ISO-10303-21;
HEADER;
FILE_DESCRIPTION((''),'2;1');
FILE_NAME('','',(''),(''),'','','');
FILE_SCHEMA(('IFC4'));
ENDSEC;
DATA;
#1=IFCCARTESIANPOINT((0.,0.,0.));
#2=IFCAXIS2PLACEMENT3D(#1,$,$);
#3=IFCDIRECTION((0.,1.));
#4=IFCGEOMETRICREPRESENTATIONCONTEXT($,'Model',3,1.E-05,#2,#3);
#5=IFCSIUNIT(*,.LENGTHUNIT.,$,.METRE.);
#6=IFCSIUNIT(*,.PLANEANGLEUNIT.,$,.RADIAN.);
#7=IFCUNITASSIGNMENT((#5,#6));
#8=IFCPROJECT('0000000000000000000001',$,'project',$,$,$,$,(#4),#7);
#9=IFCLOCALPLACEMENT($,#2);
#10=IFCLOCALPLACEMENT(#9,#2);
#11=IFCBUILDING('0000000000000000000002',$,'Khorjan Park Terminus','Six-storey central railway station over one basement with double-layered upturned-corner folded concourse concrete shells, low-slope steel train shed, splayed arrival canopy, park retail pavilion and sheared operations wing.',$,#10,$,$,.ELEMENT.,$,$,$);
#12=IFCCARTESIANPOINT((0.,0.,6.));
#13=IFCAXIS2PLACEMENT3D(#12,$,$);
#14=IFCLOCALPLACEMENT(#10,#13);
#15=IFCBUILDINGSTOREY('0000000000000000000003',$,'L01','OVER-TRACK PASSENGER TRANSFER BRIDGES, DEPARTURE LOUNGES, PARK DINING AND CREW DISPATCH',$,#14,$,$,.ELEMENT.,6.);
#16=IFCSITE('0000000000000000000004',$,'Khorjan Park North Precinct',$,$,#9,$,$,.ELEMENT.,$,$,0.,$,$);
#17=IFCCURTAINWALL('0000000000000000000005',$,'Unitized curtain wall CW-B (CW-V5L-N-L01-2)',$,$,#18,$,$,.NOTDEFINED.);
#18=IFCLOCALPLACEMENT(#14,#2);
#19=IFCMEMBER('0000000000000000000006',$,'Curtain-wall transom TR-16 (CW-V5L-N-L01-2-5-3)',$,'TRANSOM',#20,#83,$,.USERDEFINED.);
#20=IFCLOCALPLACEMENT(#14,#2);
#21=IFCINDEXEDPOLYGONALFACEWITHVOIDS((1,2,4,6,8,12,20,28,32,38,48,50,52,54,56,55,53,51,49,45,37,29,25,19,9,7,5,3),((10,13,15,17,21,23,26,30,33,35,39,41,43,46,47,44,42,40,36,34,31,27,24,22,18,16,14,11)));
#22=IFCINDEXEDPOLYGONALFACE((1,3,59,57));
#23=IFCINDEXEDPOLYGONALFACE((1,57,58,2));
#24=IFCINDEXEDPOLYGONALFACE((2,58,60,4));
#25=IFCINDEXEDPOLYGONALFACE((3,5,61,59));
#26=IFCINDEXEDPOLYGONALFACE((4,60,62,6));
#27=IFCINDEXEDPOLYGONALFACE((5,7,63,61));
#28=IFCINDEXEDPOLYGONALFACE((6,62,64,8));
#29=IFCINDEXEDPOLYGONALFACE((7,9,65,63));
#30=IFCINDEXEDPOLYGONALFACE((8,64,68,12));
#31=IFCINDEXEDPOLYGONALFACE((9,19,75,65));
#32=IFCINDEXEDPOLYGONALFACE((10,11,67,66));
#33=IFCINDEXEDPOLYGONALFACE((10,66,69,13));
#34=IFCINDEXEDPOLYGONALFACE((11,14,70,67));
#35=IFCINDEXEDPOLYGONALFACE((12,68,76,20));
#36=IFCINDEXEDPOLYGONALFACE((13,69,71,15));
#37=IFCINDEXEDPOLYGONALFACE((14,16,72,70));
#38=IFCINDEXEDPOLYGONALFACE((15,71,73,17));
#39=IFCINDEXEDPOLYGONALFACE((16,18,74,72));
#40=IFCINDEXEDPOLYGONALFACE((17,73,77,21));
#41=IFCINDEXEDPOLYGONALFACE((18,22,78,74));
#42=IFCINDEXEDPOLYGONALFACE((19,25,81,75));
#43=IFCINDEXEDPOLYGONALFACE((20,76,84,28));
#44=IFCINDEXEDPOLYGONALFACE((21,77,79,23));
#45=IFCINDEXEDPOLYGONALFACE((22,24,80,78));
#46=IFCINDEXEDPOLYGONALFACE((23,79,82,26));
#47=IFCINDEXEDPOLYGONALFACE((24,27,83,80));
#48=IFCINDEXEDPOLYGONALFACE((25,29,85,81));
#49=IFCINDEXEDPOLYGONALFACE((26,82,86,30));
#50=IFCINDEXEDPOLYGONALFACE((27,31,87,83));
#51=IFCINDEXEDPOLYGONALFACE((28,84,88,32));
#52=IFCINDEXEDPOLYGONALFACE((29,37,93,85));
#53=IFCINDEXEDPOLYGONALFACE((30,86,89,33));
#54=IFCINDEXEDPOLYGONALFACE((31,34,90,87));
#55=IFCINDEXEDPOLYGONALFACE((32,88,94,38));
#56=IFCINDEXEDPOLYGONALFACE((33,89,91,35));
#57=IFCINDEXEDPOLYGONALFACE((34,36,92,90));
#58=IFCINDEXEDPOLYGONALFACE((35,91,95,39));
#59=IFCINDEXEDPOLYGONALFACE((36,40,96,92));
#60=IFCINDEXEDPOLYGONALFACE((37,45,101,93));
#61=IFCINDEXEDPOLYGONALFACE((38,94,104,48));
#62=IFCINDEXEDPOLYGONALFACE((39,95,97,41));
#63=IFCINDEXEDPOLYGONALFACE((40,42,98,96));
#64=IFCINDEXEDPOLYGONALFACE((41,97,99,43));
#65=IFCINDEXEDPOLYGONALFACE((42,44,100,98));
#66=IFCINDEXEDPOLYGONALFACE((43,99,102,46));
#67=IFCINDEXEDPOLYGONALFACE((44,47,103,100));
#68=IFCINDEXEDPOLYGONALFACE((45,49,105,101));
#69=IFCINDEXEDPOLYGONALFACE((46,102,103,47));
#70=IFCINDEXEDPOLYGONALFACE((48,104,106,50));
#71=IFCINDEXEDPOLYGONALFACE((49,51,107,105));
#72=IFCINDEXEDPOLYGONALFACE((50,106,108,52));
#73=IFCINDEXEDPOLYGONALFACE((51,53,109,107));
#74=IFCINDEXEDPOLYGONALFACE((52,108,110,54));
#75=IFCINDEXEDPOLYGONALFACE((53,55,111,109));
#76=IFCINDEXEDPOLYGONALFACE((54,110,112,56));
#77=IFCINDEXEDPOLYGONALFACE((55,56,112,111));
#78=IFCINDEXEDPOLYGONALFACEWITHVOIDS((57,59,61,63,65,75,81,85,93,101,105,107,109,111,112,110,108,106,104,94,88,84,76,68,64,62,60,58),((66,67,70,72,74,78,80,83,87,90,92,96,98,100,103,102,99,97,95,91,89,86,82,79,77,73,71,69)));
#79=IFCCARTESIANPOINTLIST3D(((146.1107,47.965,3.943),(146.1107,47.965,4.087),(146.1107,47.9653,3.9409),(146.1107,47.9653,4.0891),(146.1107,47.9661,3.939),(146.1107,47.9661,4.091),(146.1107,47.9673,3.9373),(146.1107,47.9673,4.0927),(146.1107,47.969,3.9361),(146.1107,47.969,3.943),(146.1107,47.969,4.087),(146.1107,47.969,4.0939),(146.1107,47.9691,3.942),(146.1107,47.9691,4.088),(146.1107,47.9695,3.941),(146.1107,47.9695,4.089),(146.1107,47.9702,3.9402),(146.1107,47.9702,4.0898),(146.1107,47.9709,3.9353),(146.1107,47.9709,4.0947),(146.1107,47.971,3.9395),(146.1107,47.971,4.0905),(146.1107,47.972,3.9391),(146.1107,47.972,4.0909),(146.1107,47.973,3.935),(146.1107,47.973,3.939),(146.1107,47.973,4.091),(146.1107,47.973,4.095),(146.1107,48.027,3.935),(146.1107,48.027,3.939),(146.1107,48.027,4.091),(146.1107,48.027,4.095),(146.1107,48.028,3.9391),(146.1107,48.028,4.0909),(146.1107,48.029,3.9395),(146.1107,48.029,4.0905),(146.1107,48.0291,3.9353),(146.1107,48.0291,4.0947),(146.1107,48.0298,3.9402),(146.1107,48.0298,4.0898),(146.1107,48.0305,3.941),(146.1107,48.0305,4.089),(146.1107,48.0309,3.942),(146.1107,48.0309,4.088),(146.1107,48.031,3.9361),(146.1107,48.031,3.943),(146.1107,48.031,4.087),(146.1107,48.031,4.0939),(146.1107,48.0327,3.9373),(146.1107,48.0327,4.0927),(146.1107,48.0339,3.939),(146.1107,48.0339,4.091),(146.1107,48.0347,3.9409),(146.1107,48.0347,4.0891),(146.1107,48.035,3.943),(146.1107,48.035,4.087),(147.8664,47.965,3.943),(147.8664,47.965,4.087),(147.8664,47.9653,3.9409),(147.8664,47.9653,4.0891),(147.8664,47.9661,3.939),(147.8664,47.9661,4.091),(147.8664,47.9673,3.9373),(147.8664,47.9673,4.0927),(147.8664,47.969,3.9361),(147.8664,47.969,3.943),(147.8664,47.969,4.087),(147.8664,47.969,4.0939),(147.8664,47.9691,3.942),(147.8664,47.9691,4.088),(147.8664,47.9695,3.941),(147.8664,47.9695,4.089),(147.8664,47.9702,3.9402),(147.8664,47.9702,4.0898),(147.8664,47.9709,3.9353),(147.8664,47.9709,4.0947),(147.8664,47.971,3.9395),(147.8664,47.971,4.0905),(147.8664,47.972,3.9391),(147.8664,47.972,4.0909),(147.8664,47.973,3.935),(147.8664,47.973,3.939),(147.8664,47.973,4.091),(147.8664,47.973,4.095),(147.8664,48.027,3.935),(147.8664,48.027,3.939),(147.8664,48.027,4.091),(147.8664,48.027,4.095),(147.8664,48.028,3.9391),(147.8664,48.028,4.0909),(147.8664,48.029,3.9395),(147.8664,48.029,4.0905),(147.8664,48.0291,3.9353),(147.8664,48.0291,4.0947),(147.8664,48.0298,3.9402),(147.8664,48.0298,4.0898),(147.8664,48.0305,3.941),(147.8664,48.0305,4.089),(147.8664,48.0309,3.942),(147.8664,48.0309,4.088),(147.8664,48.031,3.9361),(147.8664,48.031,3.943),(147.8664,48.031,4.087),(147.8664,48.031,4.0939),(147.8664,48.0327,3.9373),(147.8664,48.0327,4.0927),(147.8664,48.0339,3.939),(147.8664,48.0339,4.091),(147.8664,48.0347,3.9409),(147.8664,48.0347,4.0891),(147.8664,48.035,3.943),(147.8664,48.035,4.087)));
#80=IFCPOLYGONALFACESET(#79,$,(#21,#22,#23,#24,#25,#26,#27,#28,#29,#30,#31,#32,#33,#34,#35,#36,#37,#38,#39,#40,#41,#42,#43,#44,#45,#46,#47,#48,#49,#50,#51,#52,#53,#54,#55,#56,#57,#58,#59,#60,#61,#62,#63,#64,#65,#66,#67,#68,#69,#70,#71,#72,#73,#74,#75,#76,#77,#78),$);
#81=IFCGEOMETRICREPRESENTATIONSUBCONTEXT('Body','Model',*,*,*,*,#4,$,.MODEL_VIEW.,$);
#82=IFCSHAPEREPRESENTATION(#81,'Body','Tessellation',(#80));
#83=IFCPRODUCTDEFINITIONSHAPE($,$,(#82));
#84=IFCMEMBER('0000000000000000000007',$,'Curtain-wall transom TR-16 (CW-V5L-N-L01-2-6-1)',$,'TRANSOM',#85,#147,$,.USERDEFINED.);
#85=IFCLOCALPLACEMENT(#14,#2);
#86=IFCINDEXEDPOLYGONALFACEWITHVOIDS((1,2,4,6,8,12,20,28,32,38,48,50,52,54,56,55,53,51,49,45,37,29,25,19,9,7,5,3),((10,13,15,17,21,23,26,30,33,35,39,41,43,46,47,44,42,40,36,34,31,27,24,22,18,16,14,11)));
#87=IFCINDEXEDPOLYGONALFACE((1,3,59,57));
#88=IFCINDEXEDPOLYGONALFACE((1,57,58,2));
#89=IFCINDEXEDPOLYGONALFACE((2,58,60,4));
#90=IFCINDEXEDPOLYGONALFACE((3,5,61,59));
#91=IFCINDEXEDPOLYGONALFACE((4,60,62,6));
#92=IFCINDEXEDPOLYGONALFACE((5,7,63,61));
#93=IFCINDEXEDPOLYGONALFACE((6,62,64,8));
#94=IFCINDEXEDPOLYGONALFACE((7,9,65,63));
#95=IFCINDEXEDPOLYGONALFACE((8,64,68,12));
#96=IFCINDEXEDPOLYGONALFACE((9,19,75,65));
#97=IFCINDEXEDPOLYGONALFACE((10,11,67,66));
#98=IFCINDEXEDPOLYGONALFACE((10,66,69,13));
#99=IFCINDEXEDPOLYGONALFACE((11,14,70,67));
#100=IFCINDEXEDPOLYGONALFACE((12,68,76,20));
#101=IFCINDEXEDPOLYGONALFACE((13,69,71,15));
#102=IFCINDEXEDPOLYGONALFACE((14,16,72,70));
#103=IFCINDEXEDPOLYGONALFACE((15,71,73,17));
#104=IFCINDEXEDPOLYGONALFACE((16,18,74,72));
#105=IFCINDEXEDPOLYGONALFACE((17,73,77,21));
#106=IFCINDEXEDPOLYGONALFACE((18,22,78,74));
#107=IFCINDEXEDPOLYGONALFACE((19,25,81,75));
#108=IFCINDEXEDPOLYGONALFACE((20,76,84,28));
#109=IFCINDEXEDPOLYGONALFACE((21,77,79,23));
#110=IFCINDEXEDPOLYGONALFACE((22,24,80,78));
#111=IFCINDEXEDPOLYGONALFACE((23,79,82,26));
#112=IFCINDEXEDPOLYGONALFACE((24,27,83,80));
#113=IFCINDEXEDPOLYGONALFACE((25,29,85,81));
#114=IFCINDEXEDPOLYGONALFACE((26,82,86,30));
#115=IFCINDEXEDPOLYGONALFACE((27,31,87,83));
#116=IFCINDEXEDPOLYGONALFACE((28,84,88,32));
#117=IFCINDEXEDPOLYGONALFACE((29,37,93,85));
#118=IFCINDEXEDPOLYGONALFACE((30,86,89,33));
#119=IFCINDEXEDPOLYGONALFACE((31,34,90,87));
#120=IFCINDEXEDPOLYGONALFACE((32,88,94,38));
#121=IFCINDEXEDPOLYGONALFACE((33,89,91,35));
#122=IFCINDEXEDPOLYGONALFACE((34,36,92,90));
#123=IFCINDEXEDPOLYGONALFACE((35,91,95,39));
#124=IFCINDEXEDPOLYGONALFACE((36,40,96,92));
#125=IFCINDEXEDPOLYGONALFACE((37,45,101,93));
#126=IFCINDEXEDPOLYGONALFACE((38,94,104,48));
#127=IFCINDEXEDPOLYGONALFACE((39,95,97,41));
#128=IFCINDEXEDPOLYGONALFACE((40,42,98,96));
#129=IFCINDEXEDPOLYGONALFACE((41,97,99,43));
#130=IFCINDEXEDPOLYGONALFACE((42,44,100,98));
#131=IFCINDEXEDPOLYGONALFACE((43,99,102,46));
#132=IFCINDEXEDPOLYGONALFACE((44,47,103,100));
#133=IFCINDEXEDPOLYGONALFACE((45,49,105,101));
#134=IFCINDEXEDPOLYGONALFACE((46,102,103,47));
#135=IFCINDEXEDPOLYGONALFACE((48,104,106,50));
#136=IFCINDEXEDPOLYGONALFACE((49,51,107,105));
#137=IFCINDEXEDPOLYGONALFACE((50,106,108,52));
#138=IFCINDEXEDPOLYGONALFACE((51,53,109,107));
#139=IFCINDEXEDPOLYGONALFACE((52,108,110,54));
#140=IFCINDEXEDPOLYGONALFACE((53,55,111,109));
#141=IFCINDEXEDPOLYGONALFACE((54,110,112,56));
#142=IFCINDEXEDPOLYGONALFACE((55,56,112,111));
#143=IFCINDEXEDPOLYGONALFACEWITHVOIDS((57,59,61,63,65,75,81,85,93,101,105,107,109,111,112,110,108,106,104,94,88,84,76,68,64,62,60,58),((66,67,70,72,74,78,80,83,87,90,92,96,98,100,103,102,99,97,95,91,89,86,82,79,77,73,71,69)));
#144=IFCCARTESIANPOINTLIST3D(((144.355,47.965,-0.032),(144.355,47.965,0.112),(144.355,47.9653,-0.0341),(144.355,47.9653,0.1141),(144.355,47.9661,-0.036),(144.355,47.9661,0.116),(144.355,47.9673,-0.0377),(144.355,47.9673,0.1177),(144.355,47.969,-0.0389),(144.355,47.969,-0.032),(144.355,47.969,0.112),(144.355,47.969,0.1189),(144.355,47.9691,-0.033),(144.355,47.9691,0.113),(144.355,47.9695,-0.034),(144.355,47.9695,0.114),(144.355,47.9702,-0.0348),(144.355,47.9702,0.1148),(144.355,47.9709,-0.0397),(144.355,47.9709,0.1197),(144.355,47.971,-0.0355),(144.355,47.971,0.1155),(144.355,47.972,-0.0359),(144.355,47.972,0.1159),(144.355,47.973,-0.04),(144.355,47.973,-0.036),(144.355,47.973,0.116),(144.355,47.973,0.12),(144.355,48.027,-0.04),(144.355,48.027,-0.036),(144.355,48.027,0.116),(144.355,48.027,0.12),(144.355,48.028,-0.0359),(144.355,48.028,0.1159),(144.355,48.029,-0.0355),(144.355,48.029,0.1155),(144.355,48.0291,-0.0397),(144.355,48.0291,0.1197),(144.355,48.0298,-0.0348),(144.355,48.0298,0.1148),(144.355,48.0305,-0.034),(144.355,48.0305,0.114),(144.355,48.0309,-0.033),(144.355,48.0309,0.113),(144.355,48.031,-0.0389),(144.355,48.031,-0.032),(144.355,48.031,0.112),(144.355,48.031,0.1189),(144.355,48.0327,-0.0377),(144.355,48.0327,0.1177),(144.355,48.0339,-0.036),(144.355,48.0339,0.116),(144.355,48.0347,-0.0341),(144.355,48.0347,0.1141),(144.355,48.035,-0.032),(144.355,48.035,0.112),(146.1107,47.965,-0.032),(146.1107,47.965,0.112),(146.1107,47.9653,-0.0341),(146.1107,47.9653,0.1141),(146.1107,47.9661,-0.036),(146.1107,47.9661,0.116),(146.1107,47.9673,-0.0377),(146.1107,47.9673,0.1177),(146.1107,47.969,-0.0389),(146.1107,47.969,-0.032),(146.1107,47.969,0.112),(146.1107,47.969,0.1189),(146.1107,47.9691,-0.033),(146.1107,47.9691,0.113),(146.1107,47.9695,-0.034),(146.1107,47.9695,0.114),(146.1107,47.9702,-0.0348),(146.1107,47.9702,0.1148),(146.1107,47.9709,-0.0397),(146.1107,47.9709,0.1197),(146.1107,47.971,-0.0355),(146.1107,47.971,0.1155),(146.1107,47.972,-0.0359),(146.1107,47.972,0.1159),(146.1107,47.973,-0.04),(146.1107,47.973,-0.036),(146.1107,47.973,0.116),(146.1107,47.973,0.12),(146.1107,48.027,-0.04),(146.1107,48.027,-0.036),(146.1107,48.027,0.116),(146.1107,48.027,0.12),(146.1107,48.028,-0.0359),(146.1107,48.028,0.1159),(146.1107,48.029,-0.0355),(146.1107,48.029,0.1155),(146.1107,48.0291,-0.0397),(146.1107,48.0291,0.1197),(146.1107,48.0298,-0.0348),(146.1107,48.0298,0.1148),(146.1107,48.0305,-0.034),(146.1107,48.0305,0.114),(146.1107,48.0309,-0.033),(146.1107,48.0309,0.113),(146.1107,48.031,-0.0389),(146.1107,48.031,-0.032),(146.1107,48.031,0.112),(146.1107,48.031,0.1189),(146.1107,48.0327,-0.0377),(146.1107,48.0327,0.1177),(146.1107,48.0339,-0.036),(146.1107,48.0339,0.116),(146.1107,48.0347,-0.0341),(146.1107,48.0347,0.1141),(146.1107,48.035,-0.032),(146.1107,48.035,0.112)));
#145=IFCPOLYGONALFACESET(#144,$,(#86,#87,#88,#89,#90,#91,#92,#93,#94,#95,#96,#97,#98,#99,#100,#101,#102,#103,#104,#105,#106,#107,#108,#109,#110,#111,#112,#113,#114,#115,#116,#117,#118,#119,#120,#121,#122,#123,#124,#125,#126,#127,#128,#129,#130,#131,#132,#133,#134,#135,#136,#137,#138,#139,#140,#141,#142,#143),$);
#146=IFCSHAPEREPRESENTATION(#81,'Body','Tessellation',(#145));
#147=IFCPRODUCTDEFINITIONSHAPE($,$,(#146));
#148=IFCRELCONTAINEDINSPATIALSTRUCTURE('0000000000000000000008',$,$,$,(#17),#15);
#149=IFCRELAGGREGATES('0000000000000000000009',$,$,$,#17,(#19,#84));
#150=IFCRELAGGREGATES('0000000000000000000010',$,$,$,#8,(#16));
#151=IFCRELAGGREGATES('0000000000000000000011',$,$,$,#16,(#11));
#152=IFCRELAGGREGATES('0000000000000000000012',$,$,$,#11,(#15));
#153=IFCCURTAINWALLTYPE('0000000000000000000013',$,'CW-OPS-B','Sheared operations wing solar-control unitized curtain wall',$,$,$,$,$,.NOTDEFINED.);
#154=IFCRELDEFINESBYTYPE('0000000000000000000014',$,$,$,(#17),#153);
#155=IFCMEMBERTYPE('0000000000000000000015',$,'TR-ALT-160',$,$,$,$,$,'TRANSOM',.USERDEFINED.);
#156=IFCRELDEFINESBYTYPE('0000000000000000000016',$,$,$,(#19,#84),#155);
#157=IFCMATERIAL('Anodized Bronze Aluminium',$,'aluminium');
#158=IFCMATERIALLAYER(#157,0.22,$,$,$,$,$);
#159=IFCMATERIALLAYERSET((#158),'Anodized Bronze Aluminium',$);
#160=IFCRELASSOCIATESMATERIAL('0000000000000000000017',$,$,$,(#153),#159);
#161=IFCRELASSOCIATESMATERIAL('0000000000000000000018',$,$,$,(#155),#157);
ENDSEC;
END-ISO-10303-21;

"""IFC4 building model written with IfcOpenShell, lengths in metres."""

from ifc_helpers import new_model, si_unit, direction, frame, origin, origin_2d, place, context, subcontext, project, spatial, hollow_rectangle, extrude, material, layer, layer_set, material_profile, profile_set, type_object, element, aggregate, save


model = new_model("IFC4")

# Units and contexts
model_context = context("Model", 3, precision=1e-05, world=origin(), true_north=direction((0.0, 1.0)))
body_context = subcontext(model_context, "Body", "Model", "MODEL_VIEW")
ifc_project = project(units=[si_unit("LENGTHUNIT", "METRE"), si_unit("PLANEANGLEUNIT", "RADIAN")], contexts=[model_context])

# Site, building, storey
site_placement = place(None, origin())
site = spatial("IfcSite", under=ifc_project, at=site_placement, Name="Khorjan Park North Precinct", CompositionType="ELEMENT", RefElevation=0.0)
building_placement = place(site_placement, origin())
building = spatial("IfcBuilding", under=site, at=building_placement, Name="Khorjan Park Terminus", Description="Six-storey central railway station over one basement with double-layered upturned-corner folded concourse concrete shells, low-slope steel train shed, splayed arrival canopy, park retail pavilion and sheared operations wing.", CompositionType="ELEMENT")
storey_placement = place(building_placement, frame((0.0, 0.0, 6.0)))
storey = spatial("IfcBuildingStorey", under=building, at=storey_placement, Name="L01", Description="OVER-TRACK PASSENGER TRANSFER BRIDGES, DEPARTURE LOUNGES, PARK DINING AND CREW DISPATCH", CompositionType="ELEMENT", Elevation=6.0)

# Curtain wall, members
ifc_material_1 = material(Name="Anodized Bronze Aluminium", Category="aluminium")
ifc_layer_1 = layer(ifc_material_1, 0.22)
ifc_layer_set_1 = layer_set([ifc_layer_1], Name="Anodized Bronze Aluminium")
curtain_wall_type = type_object("IfcCurtainWallType", Name="CW-OPS-B", Description="Sheared operations wing solar-control unitized curtain wall", PredefinedType="NOTDEFINED", material=ifc_layer_set_1)
curtain_wall_placement = place(storey_placement, origin())
curtain_wall = element("IfcCurtainWall", 1, at=curtain_wall_placement, inside=storey, type_object=curtain_wall_type, Name="Unitized curtain wall CW-B (CW-V5L-N-L01-2)", PredefinedType="NOTDEFINED")
ifc_material_profile_1 = material_profile(ifc_material_1, hollow_rectangle(XDim=0.07, YDim=0.16, WallThickness=0.004, InnerFilletRadius=0.004, OuterFilletRadius=0.008, at=origin_2d()), Name="ALT 70x160x4")
ifc_profile_set_1 = profile_set([ifc_material_profile_1], Name="Anodized Bronze Aluminium")
member_type_1 = type_object("IfcMemberType", Name="TR-ALT-160", ElementType="TRANSOM", PredefinedType="USERDEFINED", material=ifc_profile_set_1)
member_1_placement = place(storey_placement, frame((147.8664, 48.0, 4.015), z_axis=(-1.0, 0.0, 0.0), x_axis=(0.0, -1.0, 0.0)))
member_1 = element("IfcMember", 2, at=member_1_placement, type_object=member_type_1, Name="Curtain-wall transom TR-16 (CW-V5L-N-L01-2-5-3)", ObjectType="TRANSOM", PredefinedType="USERDEFINED", context=body_context, shape_type="SweptSolid", body=[
    extrude(hollow_rectangle(XDim=0.07, YDim=0.16, WallThickness=0.004, InnerFilletRadius=0.004, OuterFilletRadius=0.008, at=origin_2d()), origin(), (0.0, 0.0, 1.0), 1.7557),
])
member_2_placement = place(storey_placement, frame((146.1107, 48.0, 0.04), z_axis=(-1.0, 0.0, 0.0), x_axis=(0.0, -1.0, 0.0)))
member_2 = element("IfcMember", 3, at=member_2_placement, type_object=member_type_1, Name="Curtain-wall transom TR-16 (CW-V5L-N-L01-2-6-1)", ObjectType="TRANSOM", PredefinedType="USERDEFINED", context=body_context, shape_type="SweptSolid", body=[
    extrude(hollow_rectangle(XDim=0.07, YDim=0.16, WallThickness=0.004, InnerFilletRadius=0.004, OuterFilletRadius=0.008, at=origin_2d()), origin(), (0.0, 0.0, 1.0), 1.7557),
])
aggregate(curtain_wall, [member_1, member_2])

save(model, "model.ifc")
